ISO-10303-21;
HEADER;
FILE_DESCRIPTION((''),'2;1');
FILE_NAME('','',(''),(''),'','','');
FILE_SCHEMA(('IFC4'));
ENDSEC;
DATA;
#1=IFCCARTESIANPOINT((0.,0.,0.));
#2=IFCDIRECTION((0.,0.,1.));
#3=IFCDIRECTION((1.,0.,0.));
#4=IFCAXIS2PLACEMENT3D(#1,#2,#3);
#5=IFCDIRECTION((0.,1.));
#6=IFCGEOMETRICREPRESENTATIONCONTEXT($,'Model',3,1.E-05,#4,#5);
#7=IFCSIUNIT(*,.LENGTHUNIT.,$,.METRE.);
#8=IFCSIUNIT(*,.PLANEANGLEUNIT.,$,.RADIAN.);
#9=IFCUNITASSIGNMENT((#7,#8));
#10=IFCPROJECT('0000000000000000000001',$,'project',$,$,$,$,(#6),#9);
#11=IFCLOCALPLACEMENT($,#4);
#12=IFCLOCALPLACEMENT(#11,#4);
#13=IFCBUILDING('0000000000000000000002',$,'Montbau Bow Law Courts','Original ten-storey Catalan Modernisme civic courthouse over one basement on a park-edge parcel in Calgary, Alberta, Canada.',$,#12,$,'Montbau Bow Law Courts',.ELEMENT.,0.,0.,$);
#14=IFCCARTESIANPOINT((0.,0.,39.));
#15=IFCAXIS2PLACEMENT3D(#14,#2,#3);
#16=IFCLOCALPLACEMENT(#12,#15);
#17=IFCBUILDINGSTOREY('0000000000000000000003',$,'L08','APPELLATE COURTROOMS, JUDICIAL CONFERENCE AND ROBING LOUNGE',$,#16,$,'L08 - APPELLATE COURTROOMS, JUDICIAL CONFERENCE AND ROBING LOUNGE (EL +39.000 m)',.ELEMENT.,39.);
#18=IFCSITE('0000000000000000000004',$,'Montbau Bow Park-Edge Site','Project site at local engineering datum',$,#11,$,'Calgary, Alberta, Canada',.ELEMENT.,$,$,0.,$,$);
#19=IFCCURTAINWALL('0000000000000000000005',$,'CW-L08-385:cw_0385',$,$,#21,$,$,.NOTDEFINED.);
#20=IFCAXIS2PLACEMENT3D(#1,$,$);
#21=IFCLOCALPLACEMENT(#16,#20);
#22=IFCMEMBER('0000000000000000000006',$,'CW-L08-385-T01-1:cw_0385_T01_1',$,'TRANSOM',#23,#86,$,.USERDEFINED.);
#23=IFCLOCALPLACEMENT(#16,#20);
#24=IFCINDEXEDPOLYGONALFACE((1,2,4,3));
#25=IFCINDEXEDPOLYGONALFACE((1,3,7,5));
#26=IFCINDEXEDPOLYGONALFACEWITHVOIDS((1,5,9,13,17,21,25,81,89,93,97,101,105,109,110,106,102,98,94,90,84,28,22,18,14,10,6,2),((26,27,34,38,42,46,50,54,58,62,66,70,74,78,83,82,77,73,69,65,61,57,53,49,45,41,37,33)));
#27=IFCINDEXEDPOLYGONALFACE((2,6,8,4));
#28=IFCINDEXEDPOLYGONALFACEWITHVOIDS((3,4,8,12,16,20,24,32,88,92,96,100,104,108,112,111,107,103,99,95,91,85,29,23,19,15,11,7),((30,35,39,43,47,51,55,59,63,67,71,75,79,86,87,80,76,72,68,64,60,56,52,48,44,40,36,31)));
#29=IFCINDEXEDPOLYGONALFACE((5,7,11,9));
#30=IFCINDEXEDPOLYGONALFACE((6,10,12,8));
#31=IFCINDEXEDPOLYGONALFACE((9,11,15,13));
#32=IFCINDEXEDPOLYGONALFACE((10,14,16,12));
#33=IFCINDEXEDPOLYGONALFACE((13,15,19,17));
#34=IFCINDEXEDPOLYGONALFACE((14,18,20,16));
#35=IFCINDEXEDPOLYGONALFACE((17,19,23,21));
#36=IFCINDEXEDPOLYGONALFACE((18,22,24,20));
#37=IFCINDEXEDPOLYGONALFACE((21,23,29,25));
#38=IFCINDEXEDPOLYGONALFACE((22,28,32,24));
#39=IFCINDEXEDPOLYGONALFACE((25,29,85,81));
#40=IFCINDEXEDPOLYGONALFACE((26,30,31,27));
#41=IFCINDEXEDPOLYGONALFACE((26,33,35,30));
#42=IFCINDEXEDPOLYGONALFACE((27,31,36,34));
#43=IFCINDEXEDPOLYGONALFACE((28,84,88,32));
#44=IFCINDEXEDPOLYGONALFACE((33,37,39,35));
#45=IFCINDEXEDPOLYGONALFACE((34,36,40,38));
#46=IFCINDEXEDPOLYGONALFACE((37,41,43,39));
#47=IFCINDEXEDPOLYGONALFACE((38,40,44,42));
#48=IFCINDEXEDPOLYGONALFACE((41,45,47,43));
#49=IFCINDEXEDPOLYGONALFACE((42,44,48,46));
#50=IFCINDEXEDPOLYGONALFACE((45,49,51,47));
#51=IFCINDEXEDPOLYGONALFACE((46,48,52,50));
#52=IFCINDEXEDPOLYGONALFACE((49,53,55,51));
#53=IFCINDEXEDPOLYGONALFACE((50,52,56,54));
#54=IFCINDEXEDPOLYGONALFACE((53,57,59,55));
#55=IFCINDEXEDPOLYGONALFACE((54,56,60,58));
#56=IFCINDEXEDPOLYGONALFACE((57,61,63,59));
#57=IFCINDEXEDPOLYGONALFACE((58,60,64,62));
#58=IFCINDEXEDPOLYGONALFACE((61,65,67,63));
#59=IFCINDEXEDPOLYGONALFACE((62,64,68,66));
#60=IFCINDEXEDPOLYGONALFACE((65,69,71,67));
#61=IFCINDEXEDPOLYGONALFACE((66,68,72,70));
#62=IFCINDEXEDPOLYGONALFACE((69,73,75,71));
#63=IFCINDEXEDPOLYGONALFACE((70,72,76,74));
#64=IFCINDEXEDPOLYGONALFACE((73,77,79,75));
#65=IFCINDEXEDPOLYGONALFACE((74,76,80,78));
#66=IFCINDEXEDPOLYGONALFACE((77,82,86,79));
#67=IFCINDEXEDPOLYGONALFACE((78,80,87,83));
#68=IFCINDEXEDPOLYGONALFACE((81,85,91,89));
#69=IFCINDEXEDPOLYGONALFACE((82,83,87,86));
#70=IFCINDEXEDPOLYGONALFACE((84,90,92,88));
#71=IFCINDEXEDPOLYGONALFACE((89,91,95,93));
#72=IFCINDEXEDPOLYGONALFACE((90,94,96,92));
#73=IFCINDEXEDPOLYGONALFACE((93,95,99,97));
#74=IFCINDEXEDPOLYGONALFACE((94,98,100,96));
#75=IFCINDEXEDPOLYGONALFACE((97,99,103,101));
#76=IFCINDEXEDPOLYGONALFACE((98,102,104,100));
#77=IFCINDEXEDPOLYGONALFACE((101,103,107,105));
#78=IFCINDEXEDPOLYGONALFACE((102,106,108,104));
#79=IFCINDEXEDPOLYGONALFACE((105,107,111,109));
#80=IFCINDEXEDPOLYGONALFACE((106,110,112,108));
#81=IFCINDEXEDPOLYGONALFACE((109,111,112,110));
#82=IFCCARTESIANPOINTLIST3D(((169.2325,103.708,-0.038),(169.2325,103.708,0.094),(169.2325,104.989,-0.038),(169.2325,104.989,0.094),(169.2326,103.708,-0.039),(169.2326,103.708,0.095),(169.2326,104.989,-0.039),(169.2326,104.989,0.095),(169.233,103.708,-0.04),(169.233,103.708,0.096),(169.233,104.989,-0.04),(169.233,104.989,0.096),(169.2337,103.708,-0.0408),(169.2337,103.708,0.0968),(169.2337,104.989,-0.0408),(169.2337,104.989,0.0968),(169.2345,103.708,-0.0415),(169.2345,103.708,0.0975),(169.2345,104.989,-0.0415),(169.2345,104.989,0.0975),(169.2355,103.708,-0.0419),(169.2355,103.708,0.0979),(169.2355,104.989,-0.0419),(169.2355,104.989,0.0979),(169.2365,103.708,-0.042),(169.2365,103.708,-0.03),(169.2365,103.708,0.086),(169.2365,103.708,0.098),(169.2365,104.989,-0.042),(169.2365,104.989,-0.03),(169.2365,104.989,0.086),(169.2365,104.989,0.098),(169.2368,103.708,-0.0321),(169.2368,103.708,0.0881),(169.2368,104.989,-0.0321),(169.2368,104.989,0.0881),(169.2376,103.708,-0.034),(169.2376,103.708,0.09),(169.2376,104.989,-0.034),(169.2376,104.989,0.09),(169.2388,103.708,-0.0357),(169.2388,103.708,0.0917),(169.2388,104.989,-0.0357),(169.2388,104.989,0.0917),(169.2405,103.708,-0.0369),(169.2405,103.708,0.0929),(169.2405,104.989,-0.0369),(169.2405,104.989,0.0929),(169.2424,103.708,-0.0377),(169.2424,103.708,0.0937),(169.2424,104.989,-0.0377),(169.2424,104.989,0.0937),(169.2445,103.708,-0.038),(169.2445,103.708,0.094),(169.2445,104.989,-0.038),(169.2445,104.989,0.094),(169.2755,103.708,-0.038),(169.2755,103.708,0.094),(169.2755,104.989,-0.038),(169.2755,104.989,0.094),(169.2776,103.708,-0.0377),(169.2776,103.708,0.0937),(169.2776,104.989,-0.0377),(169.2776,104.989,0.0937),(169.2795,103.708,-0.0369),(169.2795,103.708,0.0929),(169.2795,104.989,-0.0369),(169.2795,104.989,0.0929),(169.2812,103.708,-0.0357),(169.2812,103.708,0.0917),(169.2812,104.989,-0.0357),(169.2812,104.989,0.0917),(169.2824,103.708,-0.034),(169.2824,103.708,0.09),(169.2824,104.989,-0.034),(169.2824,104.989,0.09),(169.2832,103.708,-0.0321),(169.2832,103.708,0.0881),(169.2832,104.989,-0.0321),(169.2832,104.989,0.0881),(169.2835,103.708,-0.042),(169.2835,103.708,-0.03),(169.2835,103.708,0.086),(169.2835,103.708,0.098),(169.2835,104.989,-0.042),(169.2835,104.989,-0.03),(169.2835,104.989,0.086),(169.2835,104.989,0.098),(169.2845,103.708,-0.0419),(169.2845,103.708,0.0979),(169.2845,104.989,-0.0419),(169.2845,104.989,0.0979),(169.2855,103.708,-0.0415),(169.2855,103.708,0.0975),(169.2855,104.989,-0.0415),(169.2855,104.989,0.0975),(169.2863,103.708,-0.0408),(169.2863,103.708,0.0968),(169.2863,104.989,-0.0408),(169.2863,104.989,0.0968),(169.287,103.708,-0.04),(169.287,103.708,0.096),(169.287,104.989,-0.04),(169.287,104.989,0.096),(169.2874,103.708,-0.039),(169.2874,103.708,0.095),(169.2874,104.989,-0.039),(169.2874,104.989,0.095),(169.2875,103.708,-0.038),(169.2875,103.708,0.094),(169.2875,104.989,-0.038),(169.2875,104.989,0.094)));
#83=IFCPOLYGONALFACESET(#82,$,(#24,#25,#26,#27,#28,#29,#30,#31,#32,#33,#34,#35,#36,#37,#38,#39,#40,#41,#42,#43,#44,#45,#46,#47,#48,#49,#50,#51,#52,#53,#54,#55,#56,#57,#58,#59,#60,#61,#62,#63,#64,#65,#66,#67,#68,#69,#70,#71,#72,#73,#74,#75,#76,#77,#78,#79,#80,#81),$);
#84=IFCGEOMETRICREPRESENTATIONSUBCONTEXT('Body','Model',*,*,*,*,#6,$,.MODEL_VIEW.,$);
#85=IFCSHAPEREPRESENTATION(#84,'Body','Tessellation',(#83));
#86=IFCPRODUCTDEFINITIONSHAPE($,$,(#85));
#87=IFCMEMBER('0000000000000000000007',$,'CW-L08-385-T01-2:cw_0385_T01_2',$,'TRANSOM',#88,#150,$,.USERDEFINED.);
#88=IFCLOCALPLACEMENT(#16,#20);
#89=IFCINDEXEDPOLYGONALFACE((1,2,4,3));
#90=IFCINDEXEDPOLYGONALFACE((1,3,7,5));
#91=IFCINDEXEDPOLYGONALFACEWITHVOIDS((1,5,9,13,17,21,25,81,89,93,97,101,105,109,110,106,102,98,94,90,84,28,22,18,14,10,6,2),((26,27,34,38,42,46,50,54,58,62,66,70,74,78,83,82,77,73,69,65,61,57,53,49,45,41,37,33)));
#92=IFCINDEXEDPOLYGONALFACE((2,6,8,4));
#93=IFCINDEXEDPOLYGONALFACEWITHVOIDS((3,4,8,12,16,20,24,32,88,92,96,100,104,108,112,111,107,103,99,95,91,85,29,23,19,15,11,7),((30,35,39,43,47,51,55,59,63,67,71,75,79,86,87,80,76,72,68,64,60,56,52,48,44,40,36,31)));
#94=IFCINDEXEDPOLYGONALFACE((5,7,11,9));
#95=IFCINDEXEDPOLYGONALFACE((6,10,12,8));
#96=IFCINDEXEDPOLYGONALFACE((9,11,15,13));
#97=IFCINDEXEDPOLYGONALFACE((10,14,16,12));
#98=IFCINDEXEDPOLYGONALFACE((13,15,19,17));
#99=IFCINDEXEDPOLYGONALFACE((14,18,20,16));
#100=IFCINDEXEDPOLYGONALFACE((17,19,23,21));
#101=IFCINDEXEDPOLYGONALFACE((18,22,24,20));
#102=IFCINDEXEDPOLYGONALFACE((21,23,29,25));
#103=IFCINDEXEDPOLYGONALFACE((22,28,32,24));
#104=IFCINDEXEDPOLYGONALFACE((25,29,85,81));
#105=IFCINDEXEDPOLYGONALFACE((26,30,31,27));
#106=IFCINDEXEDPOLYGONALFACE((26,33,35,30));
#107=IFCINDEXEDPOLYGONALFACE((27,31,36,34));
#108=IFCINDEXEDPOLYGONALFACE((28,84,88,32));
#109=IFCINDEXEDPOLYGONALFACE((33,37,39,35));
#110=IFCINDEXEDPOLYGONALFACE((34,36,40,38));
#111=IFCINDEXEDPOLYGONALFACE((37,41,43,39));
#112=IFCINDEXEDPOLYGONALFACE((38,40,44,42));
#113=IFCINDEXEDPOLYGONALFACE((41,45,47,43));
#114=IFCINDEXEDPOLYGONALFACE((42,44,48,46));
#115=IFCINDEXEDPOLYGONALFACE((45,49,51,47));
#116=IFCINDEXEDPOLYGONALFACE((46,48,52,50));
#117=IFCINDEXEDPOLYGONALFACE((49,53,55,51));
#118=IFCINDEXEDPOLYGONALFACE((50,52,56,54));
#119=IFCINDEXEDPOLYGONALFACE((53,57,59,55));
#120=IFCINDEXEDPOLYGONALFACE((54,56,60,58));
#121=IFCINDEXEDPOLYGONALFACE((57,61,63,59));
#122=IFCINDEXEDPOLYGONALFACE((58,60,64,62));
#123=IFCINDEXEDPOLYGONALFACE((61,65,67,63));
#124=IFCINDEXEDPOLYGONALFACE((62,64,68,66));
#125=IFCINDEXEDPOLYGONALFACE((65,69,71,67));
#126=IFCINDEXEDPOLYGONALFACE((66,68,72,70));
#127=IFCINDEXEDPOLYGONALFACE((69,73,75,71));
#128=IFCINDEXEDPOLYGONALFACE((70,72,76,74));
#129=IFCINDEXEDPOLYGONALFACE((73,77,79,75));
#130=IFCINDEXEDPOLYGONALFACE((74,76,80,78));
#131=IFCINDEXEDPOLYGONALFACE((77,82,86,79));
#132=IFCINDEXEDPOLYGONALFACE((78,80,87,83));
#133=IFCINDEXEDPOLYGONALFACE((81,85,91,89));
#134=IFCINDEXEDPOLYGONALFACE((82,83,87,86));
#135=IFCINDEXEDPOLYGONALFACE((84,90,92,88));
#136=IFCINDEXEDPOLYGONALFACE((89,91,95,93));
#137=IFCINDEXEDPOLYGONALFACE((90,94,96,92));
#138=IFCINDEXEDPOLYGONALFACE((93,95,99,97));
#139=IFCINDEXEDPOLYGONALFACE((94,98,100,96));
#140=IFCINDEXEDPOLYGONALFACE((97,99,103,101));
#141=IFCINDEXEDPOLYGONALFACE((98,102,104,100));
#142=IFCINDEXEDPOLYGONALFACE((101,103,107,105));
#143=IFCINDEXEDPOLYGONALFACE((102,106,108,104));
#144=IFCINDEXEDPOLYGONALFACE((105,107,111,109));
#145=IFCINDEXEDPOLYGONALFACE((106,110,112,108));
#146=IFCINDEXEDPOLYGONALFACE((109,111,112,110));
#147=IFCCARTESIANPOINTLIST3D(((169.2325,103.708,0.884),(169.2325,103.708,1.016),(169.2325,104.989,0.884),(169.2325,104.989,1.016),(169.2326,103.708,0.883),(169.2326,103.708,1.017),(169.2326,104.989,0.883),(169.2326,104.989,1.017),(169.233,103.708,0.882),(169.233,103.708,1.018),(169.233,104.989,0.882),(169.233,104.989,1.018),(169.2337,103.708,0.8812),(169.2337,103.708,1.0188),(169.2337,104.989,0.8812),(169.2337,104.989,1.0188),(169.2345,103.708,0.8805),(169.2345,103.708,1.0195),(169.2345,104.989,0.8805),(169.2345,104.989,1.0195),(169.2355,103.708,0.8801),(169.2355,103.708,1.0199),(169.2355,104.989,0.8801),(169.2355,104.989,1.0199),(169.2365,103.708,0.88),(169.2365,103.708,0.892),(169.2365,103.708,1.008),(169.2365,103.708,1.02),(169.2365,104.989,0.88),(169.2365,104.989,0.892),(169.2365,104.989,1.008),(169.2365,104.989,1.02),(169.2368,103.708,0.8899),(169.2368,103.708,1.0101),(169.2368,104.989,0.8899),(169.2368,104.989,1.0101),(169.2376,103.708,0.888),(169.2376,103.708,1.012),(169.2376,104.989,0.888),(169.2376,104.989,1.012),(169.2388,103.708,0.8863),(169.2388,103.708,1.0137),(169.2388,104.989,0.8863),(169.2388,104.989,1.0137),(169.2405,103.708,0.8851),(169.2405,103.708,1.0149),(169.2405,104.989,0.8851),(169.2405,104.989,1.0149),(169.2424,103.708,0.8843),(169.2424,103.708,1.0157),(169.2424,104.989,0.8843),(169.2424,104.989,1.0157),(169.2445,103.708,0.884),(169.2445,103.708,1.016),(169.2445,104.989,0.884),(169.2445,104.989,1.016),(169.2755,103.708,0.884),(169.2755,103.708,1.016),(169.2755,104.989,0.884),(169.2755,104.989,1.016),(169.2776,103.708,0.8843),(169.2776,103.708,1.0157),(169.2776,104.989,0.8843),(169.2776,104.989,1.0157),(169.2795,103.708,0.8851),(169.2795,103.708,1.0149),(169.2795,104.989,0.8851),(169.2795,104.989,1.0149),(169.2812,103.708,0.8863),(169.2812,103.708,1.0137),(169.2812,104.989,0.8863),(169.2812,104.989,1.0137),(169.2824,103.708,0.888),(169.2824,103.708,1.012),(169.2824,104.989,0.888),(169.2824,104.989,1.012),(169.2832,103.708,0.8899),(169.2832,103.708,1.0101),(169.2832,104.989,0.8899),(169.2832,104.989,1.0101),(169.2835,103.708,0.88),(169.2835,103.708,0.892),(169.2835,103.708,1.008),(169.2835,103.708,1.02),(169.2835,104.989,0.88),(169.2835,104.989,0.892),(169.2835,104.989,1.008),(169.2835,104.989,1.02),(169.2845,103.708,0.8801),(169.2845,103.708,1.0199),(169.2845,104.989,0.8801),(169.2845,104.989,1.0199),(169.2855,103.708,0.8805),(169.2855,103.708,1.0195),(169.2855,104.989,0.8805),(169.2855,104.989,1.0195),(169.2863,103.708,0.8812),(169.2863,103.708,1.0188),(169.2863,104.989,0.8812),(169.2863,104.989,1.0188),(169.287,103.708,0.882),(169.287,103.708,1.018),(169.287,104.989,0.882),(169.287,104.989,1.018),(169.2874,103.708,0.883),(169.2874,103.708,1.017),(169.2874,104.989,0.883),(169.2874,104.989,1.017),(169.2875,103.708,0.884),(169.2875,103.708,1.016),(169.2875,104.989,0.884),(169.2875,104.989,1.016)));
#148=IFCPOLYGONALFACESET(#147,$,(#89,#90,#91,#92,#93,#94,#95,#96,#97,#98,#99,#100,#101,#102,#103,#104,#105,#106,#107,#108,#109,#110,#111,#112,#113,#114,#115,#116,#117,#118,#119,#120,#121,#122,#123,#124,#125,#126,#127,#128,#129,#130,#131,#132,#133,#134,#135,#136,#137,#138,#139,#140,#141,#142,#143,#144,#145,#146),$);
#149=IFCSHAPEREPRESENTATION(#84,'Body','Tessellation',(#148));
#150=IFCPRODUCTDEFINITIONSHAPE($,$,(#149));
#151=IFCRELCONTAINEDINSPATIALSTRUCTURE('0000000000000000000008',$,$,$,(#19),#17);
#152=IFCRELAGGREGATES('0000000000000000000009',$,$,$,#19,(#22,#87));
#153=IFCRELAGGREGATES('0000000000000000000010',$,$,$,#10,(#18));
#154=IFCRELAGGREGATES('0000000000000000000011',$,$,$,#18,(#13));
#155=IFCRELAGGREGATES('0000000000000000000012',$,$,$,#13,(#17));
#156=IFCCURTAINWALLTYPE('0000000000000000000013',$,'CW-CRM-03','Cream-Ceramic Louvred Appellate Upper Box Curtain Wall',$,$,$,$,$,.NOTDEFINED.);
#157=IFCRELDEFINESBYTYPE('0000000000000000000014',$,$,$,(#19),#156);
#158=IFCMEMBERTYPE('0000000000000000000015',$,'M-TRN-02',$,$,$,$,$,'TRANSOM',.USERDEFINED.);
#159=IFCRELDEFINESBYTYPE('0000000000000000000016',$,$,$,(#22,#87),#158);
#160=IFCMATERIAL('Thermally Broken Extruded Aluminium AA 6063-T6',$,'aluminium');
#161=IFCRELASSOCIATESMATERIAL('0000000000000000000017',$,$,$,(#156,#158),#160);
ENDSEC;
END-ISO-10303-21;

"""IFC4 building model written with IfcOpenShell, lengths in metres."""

from ifc_helpers import new_model, si_unit, direction, frame, origin_with_axes, origin_2d_with_axis, place, context, subcontext, project, spatial, hollow_rectangle, extrude, material, material_profile, profile_set, type_object, element, aggregate, save


model = new_model("IFC4")

# Units and contexts
model_context = context("Model", 3, precision=1e-05, world=origin_with_axes(), true_north=direction((0.0, 1.0)))
body_context = subcontext(model_context, "Body", "Model", "MODEL_VIEW")
ifc_project = project(units=[si_unit("LENGTHUNIT", "METRE"), si_unit("PLANEANGLEUNIT", "RADIAN")], contexts=[model_context])

# Site, building, storey
site_placement = place(None, origin_with_axes())
site = spatial("IfcSite", under=ifc_project, at=site_placement, Name="Montbau Bow Park-Edge Site", Description="Project site at local engineering datum", LongName="Calgary, Alberta, Canada", CompositionType="ELEMENT", RefElevation=0.0)
building_placement = place(site_placement, origin_with_axes())
building = spatial("IfcBuilding", under=site, at=building_placement, Name="Montbau Bow Law Courts", Description="Original ten-storey Catalan Modernisme civic courthouse over one basement on a park-edge parcel in Calgary, Alberta, Canada.", LongName="Montbau Bow Law Courts", CompositionType="ELEMENT", ElevationOfRefHeight=0.0, ElevationOfTerrain=0.0)
storey_placement = place(building_placement, frame((0.0, 0.0, 39.0), z_axis=(0.0, 0.0, 1.0), x_axis=(1.0, 0.0, 0.0)))
storey = spatial("IfcBuildingStorey", under=building, at=storey_placement, Name="L08", Description="APPELLATE COURTROOMS, JUDICIAL CONFERENCE AND ROBING LOUNGE", LongName="L08 - APPELLATE COURTROOMS, JUDICIAL CONFERENCE AND ROBING LOUNGE (EL +39.000 m)", CompositionType="ELEMENT", Elevation=39.0)

# Curtain wall
ifc_material_1 = material(Name="Thermally Broken Extruded Aluminium AA 6063-T6", Category="aluminium")
curtain_wall_type = type_object("IfcCurtainWallType", Name="CW-CRM-03", Description="Cream-Ceramic Louvred Appellate Upper Box Curtain Wall", PredefinedType="NOTDEFINED", material=ifc_material_1)
curtain_wall_placement = place(None, frame((169.26, 103.64, 39.0), z_axis=(0.0, 0.0, 1.0), x_axis=(1.0, 0.0, 0.0)))
curtain_wall = element("IfcCurtainWall", 1, at=curtain_wall_placement, inside=storey, type_object=curtain_wall_type, Name="CW-L08-385:cw_0385", PredefinedType="NOTDEFINED")

# Members
ifc_material_profile_1 = material_profile(ifc_material_1, hollow_rectangle(XDim=0.055, YDim=0.14, WallThickness=0.004, InnerFilletRadius=0.008, OuterFilletRadius=0.004, at=origin_2d_with_axis()), Name="CWT-140X55", Category="Main", Priority=0)
ifc_profile_set_1 = profile_set([ifc_material_profile_1], Name="Thermally Broken Extruded Aluminium AA 6063-T6")
member_type_1 = type_object("IfcMemberType", Name="M-TRN-02", ElementType="TRANSOM", PredefinedType="USERDEFINED", material=ifc_profile_set_1)
member_1_placement = place(None, frame((169.26, 103.708, 39.028), z_axis=(0.0, 1.0, 0.0), x_axis=(-1.0, 0.0, 0.0)))
member_1 = element("IfcMember", 2, at=member_1_placement, type_object=member_type_1, Name="CW-L08-385-T01-1:cw_0385_T01_1", ObjectType="TRANSOM", PredefinedType="USERDEFINED", context=body_context, shape_type="SweptSolid", body=[
    extrude(hollow_rectangle(XDim=0.055, YDim=0.14, WallThickness=0.004, InnerFilletRadius=0.008, OuterFilletRadius=0.004, at=origin_2d_with_axis()), origin_with_axes(), (0.0, 0.0, 1.0), 1.281),
])
member_2_placement = place(None, frame((169.26, 103.708, 39.95), z_axis=(0.0, 1.0, 0.0), x_axis=(-1.0, 0.0, 0.0)))
member_2 = element("IfcMember", 3, at=member_2_placement, type_object=member_type_1, Name="CW-L08-385-T01-2:cw_0385_T01_2", ObjectType="TRANSOM", PredefinedType="USERDEFINED", context=body_context, shape_type="SweptSolid", body=[
    extrude(hollow_rectangle(XDim=0.055, YDim=0.14, WallThickness=0.004, InnerFilletRadius=0.008, OuterFilletRadius=0.004, at=origin_2d_with_axis()), origin_with_axes(), (0.0, 0.0, 1.0), 1.281),
])

aggregate(curtain_wall, [member_1, member_2])

save(model, "model.ifc")
